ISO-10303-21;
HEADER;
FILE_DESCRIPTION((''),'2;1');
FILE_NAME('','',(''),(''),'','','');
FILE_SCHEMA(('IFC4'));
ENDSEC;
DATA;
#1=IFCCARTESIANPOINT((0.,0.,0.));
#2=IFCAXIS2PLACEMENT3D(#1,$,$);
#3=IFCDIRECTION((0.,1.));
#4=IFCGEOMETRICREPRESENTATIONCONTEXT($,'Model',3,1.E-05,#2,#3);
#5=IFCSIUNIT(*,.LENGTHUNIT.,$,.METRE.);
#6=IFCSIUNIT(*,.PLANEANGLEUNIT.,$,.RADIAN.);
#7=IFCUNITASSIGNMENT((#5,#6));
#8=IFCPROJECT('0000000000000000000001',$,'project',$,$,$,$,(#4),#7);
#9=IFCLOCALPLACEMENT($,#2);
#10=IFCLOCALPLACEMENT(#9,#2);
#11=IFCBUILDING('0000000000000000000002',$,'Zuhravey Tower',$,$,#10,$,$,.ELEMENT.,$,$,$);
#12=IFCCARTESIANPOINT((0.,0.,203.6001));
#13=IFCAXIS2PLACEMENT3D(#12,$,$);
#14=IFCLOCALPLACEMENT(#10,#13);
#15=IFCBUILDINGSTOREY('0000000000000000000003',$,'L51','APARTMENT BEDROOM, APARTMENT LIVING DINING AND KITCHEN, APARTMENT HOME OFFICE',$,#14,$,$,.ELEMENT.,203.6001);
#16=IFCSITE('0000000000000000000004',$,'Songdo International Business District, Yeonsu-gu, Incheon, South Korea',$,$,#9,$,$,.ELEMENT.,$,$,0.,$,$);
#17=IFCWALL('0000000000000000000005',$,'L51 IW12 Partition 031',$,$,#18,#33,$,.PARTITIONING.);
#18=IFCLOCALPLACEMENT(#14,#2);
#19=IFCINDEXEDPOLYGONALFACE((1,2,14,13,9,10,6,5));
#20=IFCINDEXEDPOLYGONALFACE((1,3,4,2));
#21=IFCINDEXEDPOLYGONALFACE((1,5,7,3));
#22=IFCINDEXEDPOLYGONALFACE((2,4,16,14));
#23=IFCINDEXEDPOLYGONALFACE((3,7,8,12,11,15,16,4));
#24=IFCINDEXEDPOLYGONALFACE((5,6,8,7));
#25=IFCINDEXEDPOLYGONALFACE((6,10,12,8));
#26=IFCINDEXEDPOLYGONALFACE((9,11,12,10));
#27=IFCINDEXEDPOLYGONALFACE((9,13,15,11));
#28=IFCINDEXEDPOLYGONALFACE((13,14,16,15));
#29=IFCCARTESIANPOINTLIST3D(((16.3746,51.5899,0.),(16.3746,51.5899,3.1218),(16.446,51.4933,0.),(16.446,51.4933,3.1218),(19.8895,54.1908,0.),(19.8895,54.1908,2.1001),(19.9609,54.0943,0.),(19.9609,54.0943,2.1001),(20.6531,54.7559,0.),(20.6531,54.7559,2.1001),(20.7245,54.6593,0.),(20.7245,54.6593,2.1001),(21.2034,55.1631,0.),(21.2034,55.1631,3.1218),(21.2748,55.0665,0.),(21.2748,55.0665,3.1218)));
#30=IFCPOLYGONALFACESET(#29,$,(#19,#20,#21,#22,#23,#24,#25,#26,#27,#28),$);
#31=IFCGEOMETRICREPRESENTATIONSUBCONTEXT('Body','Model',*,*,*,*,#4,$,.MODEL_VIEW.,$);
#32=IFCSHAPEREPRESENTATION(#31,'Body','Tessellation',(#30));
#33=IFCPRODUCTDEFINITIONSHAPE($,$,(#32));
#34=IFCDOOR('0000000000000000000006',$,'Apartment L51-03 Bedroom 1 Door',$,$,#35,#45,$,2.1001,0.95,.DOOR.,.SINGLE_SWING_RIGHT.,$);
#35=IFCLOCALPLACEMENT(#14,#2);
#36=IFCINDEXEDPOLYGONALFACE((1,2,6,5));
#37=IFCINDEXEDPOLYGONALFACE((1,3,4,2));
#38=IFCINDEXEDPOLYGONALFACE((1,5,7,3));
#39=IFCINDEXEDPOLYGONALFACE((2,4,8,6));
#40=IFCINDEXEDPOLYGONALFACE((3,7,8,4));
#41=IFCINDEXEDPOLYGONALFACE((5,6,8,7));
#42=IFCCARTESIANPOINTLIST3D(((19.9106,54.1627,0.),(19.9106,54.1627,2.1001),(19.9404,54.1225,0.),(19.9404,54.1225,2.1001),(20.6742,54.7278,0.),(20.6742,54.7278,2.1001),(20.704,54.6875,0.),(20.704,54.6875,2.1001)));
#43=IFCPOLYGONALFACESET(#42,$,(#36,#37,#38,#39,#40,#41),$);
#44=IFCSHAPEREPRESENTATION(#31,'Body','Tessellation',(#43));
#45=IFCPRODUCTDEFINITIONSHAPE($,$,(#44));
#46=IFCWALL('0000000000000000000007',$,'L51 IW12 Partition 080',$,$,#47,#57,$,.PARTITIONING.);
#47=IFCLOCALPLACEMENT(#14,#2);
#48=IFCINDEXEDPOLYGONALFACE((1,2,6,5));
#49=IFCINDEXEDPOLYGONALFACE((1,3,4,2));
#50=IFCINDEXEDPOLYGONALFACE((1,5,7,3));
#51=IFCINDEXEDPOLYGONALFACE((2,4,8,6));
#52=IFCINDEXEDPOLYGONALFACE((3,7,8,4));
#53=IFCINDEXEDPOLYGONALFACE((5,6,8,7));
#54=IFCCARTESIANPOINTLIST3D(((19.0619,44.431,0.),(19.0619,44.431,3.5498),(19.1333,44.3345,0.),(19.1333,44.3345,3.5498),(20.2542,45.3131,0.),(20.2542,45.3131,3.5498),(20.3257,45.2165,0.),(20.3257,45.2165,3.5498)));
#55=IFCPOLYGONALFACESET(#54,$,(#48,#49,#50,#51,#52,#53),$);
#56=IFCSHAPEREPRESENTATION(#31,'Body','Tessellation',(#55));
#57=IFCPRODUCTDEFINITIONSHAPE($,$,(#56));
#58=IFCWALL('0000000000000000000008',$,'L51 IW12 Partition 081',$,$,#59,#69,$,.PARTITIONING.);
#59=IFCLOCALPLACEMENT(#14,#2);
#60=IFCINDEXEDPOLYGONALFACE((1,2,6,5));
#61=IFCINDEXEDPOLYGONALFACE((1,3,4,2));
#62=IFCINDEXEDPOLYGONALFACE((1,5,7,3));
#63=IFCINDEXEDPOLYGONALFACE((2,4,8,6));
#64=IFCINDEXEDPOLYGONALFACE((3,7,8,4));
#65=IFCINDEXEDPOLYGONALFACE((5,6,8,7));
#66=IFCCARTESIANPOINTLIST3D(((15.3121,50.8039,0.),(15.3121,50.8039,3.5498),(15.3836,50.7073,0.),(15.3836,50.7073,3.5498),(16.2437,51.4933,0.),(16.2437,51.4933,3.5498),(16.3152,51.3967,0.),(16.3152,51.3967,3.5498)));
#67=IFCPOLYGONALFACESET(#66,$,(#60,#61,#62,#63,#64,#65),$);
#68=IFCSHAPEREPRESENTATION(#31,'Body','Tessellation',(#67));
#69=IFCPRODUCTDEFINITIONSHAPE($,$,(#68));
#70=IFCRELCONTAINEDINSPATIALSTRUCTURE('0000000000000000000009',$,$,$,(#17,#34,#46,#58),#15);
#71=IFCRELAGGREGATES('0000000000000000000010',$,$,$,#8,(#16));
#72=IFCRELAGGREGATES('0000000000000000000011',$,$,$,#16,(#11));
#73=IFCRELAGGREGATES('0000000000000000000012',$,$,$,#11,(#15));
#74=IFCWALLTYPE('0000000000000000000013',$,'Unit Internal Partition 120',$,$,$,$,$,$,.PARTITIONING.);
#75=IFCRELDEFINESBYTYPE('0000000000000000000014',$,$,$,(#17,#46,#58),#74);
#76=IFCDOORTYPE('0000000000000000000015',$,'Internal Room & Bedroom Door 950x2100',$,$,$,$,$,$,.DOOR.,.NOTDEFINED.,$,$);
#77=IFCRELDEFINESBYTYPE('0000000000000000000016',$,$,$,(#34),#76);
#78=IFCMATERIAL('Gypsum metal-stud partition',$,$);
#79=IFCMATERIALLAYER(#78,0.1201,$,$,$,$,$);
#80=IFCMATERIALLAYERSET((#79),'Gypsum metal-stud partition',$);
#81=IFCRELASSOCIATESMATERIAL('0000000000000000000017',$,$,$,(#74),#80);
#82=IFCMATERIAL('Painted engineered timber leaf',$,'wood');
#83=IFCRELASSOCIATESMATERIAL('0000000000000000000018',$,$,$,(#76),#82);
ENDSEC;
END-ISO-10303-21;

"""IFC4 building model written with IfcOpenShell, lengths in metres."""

from ifc_helpers import new_model, si_unit, direction, frame, frame_2d, origin, place, context, subcontext, project, spatial, rectangle, extrude, material, layer, layer_set, type_object, element, fill, save


model = new_model("IFC4")

# Units and contexts
model_context = context("Model", 3, precision=1e-05, world=origin(), true_north=direction((0.0, 1.0)))
body_context = subcontext(model_context, "Body", "Model", "MODEL_VIEW")
ifc_project = project(units=[si_unit("LENGTHUNIT", "METRE"), si_unit("PLANEANGLEUNIT", "RADIAN")], contexts=[model_context])

# Site, building, storey
site_placement = place(None, origin())
site = spatial("IfcSite", under=ifc_project, at=site_placement, Name="Songdo International Business District, Yeonsu-gu, Incheon, South Korea", CompositionType="ELEMENT", RefElevation=0.0)
building_placement = place(site_placement, origin())
building = spatial("IfcBuilding", under=site, at=building_placement, Name="Zuhravey Tower", CompositionType="ELEMENT")
storey_placement = place(building_placement, frame((0.0, 0.0, 203.6001)))
storey = spatial("IfcBuildingStorey", under=building, at=storey_placement, Name="L51", Description="APARTMENT BEDROOM, APARTMENT LIVING DINING AND KITCHEN, APARTMENT HOME OFFICE", CompositionType="ELEMENT", Elevation=203.6001)

# Wall, opening, door
ifc_material_1 = material(Name="Gypsum metal-stud partition")
ifc_layer_1 = layer(ifc_material_1, 0.1201)
ifc_layer_set_1 = layer_set([ifc_layer_1], Name="Gypsum metal-stud partition")
wall_type_1 = type_object("IfcWallType", Name="Unit Internal Partition 120", PredefinedType="PARTITIONING", material=ifc_layer_set_1)
wall_1_placement = place(storey_placement, frame((21.239, 55.1147, 0.0), z_axis=(0.0, 0.0, 1.0), x_axis=(-0.803851, -0.594831, 0.0)))
wall_1 = element("IfcWall", 1, at=wall_1_placement, inside=storey, type_object=wall_type_1, Name="L51 IW12 Partition 031", PredefinedType="PARTITIONING", context=body_context, shape_type="SweptSolid", body=[
    extrude(rectangle(XDim=6.0071, YDim=0.1201, at=frame_2d((3.0034, 0.0))), origin(), (0.0, 0.0, 1.0), 3.1218),
])
opening_placement = place(wall_1_placement, frame((0.6843, 0.0, 0.0)))
opening = element("IfcOpeningElement", 2, at=opening_placement, cuts=wall_1, PredefinedType="OPENING", context=body_context, shape_type="SweptSolid", body=[
    extrude(rectangle(XDim=0.95, YDim=2.1001, at=frame_2d((0.4751, 1.05))), frame((0.0, 0.072, 0.0), z_axis=(0.0, -1.0, 0.0), x_axis=(1.0, 0.0, 0.0)), (0.0, 0.0, 1.0), 0.144),
])
ifc_material_2 = material(Name="Painted engineered timber leaf", Category="wood")
door_type = type_object("IfcDoorType", Name="Internal Room & Bedroom Door 950x2100", OperationType="NOTDEFINED", PredefinedType="DOOR", material=ifc_material_2)
door_placement = place(opening_placement, frame((0.95, 0.0, 0.0), z_axis=(0.0, 0.0, 1.0), x_axis=(-1.0, 0.0, 0.0)))
door = element("IfcDoor", 3, at=door_placement, inside=storey, type_object=door_type, Name="Apartment L51-03 Bedroom 1 Door", OperationType="SINGLE_SWING_RIGHT", OverallHeight=2.1001, OverallWidth=0.95, PredefinedType="DOOR", context=body_context, shape_type="SweptSolid", body=[
    extrude(rectangle(XDim=0.95, YDim=2.1001, at=frame_2d((0.4751, 1.05))), frame((0.0, 0.0249, 0.0), z_axis=(0.0, -1.0, 0.0), x_axis=(1.0, 0.0, 0.0)), (0.0, 0.0, 1.0), 0.05),
])
fill(opening, door)

# Walls
wall_2_placement = place(storey_placement, frame((20.29, 45.2649, 0.0), z_axis=(0.0, 0.0, 1.0), x_axis=(-0.803933, -0.59472, 0.0)))
element("IfcWall", 4, at=wall_2_placement, inside=storey, type_object=wall_type_1, Name="L51 IW12 Partition 080", PredefinedType="PARTITIONING", context=body_context, shape_type="SweptSolid", body=[
    extrude(rectangle(XDim=1.4832, YDim=0.1201, at=frame_2d((0.7417, 0.0))), origin(), (0.0, 0.0, 1.0), 3.5498),
])
wall_3_placement = place(storey_placement, frame((16.2795, 51.4451, 0.0), z_axis=(0.0, 0.0, 1.0), x_axis=(-0.803826, -0.594865, 0.0)))
element("IfcWall", 5, at=wall_3_placement, inside=storey, type_object=wall_type_1, Name="L51 IW12 Partition 081", PredefinedType="PARTITIONING", context=body_context, shape_type="SweptSolid", body=[
    extrude(rectangle(XDim=1.1589, YDim=0.1201, at=frame_2d((0.5796, 0.0))), origin(), (0.0, 0.0, 1.0), 3.5498),
])

save(model, "model.ifc")
